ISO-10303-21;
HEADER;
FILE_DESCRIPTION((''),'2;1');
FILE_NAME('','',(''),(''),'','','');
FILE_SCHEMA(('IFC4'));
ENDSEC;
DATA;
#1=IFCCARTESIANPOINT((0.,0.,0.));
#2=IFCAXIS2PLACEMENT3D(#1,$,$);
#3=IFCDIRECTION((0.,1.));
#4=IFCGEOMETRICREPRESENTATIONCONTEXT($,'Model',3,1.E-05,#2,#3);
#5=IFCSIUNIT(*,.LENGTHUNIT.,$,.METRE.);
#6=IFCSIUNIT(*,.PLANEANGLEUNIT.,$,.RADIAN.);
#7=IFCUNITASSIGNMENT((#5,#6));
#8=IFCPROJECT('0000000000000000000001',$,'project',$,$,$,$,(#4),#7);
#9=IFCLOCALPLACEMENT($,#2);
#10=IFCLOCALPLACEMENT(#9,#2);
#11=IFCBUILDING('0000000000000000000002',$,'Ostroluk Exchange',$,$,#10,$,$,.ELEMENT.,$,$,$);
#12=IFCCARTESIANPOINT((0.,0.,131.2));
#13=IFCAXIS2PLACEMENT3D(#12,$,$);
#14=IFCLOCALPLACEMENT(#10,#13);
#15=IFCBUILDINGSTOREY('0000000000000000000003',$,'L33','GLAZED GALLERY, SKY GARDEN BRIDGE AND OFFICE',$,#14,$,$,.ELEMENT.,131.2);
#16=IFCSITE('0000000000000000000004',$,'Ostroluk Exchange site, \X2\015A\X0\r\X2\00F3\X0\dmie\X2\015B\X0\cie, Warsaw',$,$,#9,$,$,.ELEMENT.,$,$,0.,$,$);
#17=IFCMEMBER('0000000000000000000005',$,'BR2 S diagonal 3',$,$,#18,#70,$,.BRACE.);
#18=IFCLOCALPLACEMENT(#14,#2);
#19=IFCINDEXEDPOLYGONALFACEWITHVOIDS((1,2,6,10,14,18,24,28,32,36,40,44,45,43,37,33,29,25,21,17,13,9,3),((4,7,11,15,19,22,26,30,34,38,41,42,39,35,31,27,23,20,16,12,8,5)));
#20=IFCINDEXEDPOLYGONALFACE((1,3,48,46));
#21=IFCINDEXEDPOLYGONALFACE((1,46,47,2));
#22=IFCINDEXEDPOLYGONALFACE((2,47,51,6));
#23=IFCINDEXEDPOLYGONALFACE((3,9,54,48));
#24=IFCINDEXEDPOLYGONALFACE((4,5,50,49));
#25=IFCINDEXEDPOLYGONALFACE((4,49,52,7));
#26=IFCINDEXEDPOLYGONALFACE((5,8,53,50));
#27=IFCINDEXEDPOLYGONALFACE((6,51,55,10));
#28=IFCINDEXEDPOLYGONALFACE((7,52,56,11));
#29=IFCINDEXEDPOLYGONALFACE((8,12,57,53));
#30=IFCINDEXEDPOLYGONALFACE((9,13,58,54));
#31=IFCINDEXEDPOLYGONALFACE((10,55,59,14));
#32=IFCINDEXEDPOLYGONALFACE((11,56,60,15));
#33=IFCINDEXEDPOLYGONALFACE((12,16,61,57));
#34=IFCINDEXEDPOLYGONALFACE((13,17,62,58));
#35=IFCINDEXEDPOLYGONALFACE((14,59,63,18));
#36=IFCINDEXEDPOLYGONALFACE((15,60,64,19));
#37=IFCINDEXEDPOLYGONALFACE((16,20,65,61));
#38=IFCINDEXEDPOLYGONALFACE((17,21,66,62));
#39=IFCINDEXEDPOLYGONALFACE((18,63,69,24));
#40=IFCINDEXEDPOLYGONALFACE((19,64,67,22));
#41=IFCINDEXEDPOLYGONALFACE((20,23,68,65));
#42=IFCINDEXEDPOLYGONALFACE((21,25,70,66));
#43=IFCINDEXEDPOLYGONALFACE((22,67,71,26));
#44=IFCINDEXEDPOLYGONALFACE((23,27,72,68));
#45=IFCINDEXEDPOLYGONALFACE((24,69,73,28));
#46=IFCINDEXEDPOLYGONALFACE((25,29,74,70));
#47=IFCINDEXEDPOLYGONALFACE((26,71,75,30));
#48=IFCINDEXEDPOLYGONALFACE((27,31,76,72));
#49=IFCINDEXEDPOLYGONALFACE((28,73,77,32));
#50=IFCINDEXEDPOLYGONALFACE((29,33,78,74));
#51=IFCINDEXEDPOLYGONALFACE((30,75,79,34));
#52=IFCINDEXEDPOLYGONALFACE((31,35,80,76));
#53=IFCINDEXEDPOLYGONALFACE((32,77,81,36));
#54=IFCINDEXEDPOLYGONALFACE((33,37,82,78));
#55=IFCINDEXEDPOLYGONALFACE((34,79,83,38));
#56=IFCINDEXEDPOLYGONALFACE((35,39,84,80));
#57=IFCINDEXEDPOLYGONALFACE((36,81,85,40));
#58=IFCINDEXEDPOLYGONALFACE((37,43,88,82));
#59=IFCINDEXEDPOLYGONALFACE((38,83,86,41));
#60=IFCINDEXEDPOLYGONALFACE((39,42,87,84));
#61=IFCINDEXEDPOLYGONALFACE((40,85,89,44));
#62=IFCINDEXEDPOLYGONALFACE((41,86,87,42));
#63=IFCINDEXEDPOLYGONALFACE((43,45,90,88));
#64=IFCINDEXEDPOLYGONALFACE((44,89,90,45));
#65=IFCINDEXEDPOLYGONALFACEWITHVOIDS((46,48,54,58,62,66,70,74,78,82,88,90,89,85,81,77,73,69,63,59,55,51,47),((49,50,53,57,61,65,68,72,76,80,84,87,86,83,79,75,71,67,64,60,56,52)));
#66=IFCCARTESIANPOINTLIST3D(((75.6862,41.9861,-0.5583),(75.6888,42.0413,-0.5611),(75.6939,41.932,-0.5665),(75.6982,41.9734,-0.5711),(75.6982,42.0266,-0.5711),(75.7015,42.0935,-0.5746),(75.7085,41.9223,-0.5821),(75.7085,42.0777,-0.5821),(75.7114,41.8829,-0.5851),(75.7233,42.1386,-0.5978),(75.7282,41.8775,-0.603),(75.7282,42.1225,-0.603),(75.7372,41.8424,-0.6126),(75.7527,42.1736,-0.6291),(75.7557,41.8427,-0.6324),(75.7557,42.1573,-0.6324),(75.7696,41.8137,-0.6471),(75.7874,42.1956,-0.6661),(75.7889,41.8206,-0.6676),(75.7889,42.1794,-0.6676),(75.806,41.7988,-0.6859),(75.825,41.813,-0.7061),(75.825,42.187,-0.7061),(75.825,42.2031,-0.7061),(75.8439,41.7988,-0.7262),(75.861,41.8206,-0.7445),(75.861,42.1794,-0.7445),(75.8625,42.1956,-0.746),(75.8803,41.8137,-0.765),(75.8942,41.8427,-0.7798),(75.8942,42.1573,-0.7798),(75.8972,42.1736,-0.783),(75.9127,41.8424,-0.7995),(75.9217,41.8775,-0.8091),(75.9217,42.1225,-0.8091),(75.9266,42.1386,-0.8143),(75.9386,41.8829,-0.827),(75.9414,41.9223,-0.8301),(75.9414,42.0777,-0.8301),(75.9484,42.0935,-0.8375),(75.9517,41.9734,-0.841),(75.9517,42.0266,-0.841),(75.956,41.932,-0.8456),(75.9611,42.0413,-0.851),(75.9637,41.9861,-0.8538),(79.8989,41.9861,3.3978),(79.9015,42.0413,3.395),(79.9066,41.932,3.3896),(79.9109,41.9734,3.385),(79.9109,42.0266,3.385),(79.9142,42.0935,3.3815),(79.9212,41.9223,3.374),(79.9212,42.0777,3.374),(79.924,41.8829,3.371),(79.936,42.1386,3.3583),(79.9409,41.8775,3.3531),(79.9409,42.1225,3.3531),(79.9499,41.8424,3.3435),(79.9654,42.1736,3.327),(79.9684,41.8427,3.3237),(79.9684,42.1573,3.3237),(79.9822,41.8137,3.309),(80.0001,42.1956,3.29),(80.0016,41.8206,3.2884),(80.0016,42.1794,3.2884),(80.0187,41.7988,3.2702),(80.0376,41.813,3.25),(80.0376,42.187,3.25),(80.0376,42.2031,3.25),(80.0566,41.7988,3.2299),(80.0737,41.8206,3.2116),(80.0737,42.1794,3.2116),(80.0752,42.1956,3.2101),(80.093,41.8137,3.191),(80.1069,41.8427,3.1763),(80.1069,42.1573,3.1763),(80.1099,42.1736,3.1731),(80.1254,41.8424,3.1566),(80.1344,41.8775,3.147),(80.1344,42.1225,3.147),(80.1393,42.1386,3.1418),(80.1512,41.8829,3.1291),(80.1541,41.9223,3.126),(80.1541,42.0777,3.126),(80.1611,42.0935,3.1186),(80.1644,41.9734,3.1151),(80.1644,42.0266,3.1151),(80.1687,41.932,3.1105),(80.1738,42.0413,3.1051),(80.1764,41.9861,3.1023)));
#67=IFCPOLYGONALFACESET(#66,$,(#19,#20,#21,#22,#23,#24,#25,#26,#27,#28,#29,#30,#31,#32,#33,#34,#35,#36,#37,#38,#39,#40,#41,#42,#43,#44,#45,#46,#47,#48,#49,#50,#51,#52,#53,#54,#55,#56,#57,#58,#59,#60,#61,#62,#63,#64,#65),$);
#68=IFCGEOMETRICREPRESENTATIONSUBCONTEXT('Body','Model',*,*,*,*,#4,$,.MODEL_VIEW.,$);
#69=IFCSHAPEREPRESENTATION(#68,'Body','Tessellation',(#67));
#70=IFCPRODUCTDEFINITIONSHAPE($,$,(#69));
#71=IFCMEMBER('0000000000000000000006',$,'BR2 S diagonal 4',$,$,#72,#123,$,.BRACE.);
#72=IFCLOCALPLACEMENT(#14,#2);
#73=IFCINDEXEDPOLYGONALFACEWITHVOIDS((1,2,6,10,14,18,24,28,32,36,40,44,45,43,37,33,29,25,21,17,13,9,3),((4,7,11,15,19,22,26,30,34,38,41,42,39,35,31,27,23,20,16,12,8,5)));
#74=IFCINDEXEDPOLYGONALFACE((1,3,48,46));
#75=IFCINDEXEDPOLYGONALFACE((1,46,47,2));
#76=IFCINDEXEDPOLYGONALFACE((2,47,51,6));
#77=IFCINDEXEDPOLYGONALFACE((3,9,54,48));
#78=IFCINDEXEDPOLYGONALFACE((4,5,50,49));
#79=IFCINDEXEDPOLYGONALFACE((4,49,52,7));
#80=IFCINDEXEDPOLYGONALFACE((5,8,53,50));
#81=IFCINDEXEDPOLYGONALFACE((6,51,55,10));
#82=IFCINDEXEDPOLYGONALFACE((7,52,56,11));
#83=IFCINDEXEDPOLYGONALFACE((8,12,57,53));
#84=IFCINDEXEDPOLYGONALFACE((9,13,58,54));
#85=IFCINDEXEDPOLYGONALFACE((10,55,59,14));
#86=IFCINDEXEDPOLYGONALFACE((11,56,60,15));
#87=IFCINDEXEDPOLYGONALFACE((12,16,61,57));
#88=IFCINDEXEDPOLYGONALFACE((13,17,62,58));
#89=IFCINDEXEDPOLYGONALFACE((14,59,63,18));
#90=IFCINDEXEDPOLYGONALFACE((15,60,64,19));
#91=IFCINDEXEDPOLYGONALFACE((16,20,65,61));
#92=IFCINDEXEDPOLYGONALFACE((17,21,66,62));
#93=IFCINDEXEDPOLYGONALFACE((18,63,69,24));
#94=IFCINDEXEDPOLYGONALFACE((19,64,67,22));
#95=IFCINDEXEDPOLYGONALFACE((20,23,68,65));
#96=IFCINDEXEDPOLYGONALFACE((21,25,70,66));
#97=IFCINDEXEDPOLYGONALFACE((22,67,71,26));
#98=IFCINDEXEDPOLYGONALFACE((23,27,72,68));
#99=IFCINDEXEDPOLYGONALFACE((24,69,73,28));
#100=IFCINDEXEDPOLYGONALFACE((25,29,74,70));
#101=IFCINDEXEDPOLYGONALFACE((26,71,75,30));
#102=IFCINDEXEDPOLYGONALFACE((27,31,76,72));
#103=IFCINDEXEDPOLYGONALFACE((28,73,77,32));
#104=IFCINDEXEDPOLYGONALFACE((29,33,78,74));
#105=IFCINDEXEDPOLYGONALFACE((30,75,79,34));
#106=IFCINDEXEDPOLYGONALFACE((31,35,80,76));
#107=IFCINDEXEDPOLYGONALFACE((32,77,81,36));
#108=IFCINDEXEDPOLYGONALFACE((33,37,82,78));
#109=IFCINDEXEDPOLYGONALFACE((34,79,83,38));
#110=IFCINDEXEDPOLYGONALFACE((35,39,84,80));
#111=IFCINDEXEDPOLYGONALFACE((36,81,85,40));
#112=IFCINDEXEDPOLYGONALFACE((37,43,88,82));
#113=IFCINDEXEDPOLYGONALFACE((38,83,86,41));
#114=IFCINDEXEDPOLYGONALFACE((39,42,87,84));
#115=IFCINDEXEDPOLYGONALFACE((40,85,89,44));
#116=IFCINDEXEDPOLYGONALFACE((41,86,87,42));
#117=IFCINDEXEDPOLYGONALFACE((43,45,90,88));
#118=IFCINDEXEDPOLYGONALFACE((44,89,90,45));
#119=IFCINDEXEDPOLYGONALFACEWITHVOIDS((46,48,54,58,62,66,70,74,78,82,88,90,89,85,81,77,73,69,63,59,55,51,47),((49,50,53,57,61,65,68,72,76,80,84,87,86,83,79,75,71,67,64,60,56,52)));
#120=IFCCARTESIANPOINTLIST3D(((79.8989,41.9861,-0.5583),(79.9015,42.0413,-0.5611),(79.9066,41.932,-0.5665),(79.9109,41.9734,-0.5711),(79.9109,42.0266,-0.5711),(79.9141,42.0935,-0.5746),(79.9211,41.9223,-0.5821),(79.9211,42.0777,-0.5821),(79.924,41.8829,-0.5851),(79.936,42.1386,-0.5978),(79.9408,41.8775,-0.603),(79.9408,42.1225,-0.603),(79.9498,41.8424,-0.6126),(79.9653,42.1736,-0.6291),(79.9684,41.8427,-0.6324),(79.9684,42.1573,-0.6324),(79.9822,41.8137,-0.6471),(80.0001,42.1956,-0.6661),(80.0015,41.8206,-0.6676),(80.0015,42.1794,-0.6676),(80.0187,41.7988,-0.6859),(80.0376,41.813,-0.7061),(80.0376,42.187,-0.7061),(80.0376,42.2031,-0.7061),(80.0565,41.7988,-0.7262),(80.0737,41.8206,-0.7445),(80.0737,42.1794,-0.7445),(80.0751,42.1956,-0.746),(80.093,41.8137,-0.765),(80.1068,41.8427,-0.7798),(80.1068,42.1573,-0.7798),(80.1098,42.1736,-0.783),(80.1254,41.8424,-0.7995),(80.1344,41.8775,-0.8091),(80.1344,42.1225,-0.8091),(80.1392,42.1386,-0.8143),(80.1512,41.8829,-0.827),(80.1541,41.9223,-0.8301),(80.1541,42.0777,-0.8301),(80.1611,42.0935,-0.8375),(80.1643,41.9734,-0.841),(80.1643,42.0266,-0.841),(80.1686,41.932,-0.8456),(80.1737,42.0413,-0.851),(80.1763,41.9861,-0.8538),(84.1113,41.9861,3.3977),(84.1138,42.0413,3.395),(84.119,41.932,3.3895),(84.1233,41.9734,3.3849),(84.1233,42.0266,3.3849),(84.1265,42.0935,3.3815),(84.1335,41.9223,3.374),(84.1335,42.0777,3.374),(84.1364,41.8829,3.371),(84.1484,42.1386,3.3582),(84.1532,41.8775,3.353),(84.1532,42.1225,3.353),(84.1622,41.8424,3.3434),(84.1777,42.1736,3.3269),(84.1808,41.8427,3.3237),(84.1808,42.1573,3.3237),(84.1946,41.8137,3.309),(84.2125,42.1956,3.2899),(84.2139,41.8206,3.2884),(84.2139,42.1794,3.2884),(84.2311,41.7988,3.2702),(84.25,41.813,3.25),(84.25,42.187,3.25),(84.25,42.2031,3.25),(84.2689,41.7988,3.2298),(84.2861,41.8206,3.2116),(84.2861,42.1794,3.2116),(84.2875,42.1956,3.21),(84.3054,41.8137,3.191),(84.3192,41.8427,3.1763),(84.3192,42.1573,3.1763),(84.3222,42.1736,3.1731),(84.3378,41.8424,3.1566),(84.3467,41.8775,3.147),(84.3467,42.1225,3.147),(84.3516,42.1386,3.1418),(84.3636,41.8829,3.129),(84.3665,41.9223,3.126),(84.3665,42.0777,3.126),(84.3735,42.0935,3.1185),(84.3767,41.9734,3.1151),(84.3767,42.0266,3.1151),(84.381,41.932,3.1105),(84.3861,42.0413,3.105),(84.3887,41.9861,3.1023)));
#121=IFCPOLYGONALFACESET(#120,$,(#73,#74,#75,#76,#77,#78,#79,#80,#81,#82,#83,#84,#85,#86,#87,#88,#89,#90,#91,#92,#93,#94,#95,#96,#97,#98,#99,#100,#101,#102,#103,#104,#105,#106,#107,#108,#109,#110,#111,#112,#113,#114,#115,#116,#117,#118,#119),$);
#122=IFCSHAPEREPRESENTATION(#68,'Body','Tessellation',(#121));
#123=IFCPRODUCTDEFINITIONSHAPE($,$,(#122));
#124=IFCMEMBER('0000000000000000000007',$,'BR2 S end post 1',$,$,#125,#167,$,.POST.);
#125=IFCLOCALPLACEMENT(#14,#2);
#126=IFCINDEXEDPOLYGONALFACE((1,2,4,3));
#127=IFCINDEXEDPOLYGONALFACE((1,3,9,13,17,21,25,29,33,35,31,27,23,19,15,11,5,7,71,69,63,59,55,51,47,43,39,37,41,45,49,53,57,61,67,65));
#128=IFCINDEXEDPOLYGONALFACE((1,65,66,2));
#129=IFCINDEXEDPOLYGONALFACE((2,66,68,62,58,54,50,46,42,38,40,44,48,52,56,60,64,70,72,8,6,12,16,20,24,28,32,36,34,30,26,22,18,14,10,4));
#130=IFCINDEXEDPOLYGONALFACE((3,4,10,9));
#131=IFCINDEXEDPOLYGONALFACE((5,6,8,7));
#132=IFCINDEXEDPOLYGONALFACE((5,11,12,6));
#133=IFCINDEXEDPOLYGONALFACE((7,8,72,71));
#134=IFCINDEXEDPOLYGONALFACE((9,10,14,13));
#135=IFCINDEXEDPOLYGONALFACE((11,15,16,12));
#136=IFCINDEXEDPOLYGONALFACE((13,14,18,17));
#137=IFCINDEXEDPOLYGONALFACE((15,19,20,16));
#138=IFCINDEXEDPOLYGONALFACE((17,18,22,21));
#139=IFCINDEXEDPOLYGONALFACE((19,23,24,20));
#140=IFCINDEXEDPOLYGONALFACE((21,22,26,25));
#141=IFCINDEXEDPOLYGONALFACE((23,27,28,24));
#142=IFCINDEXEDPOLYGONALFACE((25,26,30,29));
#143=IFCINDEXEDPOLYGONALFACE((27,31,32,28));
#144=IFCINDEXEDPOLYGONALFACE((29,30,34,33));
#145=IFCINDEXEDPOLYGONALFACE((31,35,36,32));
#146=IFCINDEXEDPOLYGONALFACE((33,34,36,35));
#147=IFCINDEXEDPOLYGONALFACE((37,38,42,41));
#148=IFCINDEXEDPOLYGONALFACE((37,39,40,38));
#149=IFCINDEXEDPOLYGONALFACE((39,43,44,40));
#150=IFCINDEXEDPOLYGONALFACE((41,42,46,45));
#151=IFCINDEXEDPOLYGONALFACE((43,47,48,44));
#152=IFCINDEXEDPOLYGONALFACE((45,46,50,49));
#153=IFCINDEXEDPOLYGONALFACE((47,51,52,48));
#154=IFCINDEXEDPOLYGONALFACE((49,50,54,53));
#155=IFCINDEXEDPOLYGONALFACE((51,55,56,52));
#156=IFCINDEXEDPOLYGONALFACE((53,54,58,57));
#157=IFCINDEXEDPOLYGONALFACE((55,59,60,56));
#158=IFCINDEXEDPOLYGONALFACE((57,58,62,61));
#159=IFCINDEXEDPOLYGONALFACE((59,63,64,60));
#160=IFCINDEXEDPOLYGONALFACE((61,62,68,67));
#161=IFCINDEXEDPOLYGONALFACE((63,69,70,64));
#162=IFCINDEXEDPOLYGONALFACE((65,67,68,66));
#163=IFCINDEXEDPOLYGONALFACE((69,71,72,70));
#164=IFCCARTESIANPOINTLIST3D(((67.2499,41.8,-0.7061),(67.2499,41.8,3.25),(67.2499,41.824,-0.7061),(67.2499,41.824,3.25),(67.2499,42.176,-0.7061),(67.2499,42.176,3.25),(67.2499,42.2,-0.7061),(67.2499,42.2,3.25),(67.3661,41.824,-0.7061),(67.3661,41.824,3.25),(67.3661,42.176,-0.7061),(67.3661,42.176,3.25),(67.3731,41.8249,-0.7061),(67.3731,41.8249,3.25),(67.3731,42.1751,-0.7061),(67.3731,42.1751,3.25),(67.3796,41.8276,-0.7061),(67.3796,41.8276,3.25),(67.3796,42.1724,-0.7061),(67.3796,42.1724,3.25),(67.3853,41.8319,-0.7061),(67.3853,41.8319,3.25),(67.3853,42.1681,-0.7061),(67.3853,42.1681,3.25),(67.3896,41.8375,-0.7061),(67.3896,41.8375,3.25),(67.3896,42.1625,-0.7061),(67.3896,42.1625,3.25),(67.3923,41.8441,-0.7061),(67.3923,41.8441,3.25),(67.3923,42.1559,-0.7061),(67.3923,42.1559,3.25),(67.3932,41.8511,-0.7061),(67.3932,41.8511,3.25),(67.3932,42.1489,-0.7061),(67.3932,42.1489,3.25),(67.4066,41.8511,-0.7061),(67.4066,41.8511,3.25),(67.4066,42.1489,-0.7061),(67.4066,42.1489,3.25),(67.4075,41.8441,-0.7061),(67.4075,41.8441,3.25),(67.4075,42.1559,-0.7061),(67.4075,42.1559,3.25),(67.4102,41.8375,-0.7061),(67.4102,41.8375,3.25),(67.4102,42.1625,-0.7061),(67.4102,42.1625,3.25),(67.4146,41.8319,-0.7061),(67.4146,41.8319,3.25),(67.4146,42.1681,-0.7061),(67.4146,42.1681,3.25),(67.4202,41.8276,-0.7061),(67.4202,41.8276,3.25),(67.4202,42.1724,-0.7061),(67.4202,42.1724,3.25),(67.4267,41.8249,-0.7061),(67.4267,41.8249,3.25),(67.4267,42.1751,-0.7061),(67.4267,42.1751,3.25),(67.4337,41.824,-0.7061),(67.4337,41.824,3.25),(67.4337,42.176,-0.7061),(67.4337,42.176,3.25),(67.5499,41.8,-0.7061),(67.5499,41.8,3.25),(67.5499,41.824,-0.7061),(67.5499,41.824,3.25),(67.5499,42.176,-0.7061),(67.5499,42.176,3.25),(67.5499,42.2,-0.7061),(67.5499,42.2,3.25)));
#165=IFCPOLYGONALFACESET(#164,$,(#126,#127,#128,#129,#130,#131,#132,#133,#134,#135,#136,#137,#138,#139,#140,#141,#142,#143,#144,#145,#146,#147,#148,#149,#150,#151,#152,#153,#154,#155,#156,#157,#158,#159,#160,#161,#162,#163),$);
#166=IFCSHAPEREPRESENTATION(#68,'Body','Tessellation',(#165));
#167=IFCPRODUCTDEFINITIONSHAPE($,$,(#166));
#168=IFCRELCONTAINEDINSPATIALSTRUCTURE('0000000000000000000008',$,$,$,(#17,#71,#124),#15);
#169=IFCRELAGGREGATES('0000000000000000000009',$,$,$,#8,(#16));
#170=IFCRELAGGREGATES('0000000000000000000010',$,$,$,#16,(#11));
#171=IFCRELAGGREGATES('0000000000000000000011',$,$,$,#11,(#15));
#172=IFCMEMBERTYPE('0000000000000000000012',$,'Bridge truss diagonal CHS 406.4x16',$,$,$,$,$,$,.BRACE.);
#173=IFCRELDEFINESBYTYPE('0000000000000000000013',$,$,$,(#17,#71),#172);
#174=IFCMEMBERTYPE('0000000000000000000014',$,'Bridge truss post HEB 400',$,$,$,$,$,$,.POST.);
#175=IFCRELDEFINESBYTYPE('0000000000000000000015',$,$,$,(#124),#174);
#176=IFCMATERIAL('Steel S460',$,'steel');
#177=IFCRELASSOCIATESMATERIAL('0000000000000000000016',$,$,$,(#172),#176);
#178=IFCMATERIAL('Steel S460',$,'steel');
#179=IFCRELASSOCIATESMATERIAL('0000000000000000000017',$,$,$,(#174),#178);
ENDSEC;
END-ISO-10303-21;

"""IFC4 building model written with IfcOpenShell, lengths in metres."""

from ifc_helpers import new_model, si_unit, direction, frame, origin, origin_2d, place, context, subcontext, project, spatial, hollow_circle, i_section, extrude, material, material_profile, profile_set, type_object, element, save


model = new_model("IFC4")

# Units and contexts
model_context = context("Model", 3, precision=1e-05, world=origin(), true_north=direction((0.0, 1.0)))
body_context = subcontext(model_context, "Body", "Model", "MODEL_VIEW")
ifc_project = project(units=[si_unit("LENGTHUNIT", "METRE"), si_unit("PLANEANGLEUNIT", "RADIAN")], contexts=[model_context])

# Site, building, storey
site_placement = place(None, origin())
site = spatial("IfcSite", under=ifc_project, at=site_placement, Name="Ostroluk Exchange site, Śródmieście, Warsaw", CompositionType="ELEMENT", RefElevation=0.0)
building_placement = place(site_placement, origin())
building = spatial("IfcBuilding", under=site, at=building_placement, Name="Ostroluk Exchange", CompositionType="ELEMENT")
storey_placement = place(building_placement, frame((0.0, 0.0, 131.2)))
storey = spatial("IfcBuildingStorey", under=building, at=storey_placement, Name="L33", Description="GLAZED GALLERY, SKY GARDEN BRIDGE AND OFFICE", CompositionType="ELEMENT", Elevation=131.2)

# Members
ifc_material_1 = material(Name="Steel S460", Category="steel")
ifc_material_profile_1 = material_profile(ifc_material_1, hollow_circle(Radius=0.2031, WallThickness=0.0161, at=origin_2d()), Name="CHS 406.4x16")
ifc_profile_set_1 = profile_set([ifc_material_profile_1], Name="Steel S460")
member_type_1 = type_object("IfcMemberType", Name="Bridge truss diagonal CHS 406.4x16", PredefinedType="BRACE", material=ifc_profile_set_1)
member_1_placement = place(storey_placement, frame((75.825, 42.0, -0.7061), z_axis=(0.728959, 0.0, 0.684558), x_axis=(0.0, 1.0, 0.0)))
element("IfcMember", 1, at=member_1_placement, inside=storey, type_object=member_type_1, Name="BR2 S diagonal 3", PredefinedType="BRACE", context=body_context, shape_type="SweptSolid", body=[
    extrude(hollow_circle(Radius=0.2031, WallThickness=0.0161, at=origin_2d()), origin(), (0.0, 0.0, 1.0), 5.7791),
])
member_2_placement = place(storey_placement, frame((80.0376, 42.0, -0.7061), z_axis=(0.728939, 0.0, 0.684579), x_axis=(0.0, 1.0, 0.0)))
element("IfcMember", 2, at=member_2_placement, inside=storey, type_object=member_type_1, Name="BR2 S diagonal 4", PredefinedType="BRACE", context=body_context, shape_type="SweptSolid", body=[
    extrude(hollow_circle(Radius=0.2031, WallThickness=0.0161, at=origin_2d()), origin(), (0.0, 0.0, 1.0), 5.7788),
])
ifc_material_2 = material(Name="Steel S460", Category="steel")
ifc_material_profile_2 = material_profile(ifc_material_2, i_section(OverallWidth=0.3, OverallDepth=0.3999, WebThickness=0.0134, FlangeThickness=0.0239, FilletRadius=0.0271, at=origin_2d()), Name="HEB 400")
ifc_profile_set_2 = profile_set([ifc_material_profile_2], Name="Steel S460")
member_type_2 = type_object("IfcMemberType", Name="Bridge truss post HEB 400", PredefinedType="POST", material=ifc_profile_set_2)
for number, where, z_axis, x_axis, name in (
    (3, (67.3999, 42.0, -0.7061), (0.0, 0.0, 1.0), (1.0, 0.0, 0.0), "BR2 S end post 1"),
):
    element("IfcMember", number, at=place(storey_placement, frame(where, z_axis=z_axis, x_axis=x_axis)), inside=storey, type_object=member_type_2, Name=name, PredefinedType="POST", context=body_context, shape_type="SweptSolid", body=[
        extrude(i_section(OverallWidth=0.3, OverallDepth=0.3999, WebThickness=0.0134, FlangeThickness=0.0239, FilletRadius=0.0271, at=origin_2d()), origin(), (0.0, 0.0, 1.0), 3.9561),
    ])

save(model, "model.ifc")
